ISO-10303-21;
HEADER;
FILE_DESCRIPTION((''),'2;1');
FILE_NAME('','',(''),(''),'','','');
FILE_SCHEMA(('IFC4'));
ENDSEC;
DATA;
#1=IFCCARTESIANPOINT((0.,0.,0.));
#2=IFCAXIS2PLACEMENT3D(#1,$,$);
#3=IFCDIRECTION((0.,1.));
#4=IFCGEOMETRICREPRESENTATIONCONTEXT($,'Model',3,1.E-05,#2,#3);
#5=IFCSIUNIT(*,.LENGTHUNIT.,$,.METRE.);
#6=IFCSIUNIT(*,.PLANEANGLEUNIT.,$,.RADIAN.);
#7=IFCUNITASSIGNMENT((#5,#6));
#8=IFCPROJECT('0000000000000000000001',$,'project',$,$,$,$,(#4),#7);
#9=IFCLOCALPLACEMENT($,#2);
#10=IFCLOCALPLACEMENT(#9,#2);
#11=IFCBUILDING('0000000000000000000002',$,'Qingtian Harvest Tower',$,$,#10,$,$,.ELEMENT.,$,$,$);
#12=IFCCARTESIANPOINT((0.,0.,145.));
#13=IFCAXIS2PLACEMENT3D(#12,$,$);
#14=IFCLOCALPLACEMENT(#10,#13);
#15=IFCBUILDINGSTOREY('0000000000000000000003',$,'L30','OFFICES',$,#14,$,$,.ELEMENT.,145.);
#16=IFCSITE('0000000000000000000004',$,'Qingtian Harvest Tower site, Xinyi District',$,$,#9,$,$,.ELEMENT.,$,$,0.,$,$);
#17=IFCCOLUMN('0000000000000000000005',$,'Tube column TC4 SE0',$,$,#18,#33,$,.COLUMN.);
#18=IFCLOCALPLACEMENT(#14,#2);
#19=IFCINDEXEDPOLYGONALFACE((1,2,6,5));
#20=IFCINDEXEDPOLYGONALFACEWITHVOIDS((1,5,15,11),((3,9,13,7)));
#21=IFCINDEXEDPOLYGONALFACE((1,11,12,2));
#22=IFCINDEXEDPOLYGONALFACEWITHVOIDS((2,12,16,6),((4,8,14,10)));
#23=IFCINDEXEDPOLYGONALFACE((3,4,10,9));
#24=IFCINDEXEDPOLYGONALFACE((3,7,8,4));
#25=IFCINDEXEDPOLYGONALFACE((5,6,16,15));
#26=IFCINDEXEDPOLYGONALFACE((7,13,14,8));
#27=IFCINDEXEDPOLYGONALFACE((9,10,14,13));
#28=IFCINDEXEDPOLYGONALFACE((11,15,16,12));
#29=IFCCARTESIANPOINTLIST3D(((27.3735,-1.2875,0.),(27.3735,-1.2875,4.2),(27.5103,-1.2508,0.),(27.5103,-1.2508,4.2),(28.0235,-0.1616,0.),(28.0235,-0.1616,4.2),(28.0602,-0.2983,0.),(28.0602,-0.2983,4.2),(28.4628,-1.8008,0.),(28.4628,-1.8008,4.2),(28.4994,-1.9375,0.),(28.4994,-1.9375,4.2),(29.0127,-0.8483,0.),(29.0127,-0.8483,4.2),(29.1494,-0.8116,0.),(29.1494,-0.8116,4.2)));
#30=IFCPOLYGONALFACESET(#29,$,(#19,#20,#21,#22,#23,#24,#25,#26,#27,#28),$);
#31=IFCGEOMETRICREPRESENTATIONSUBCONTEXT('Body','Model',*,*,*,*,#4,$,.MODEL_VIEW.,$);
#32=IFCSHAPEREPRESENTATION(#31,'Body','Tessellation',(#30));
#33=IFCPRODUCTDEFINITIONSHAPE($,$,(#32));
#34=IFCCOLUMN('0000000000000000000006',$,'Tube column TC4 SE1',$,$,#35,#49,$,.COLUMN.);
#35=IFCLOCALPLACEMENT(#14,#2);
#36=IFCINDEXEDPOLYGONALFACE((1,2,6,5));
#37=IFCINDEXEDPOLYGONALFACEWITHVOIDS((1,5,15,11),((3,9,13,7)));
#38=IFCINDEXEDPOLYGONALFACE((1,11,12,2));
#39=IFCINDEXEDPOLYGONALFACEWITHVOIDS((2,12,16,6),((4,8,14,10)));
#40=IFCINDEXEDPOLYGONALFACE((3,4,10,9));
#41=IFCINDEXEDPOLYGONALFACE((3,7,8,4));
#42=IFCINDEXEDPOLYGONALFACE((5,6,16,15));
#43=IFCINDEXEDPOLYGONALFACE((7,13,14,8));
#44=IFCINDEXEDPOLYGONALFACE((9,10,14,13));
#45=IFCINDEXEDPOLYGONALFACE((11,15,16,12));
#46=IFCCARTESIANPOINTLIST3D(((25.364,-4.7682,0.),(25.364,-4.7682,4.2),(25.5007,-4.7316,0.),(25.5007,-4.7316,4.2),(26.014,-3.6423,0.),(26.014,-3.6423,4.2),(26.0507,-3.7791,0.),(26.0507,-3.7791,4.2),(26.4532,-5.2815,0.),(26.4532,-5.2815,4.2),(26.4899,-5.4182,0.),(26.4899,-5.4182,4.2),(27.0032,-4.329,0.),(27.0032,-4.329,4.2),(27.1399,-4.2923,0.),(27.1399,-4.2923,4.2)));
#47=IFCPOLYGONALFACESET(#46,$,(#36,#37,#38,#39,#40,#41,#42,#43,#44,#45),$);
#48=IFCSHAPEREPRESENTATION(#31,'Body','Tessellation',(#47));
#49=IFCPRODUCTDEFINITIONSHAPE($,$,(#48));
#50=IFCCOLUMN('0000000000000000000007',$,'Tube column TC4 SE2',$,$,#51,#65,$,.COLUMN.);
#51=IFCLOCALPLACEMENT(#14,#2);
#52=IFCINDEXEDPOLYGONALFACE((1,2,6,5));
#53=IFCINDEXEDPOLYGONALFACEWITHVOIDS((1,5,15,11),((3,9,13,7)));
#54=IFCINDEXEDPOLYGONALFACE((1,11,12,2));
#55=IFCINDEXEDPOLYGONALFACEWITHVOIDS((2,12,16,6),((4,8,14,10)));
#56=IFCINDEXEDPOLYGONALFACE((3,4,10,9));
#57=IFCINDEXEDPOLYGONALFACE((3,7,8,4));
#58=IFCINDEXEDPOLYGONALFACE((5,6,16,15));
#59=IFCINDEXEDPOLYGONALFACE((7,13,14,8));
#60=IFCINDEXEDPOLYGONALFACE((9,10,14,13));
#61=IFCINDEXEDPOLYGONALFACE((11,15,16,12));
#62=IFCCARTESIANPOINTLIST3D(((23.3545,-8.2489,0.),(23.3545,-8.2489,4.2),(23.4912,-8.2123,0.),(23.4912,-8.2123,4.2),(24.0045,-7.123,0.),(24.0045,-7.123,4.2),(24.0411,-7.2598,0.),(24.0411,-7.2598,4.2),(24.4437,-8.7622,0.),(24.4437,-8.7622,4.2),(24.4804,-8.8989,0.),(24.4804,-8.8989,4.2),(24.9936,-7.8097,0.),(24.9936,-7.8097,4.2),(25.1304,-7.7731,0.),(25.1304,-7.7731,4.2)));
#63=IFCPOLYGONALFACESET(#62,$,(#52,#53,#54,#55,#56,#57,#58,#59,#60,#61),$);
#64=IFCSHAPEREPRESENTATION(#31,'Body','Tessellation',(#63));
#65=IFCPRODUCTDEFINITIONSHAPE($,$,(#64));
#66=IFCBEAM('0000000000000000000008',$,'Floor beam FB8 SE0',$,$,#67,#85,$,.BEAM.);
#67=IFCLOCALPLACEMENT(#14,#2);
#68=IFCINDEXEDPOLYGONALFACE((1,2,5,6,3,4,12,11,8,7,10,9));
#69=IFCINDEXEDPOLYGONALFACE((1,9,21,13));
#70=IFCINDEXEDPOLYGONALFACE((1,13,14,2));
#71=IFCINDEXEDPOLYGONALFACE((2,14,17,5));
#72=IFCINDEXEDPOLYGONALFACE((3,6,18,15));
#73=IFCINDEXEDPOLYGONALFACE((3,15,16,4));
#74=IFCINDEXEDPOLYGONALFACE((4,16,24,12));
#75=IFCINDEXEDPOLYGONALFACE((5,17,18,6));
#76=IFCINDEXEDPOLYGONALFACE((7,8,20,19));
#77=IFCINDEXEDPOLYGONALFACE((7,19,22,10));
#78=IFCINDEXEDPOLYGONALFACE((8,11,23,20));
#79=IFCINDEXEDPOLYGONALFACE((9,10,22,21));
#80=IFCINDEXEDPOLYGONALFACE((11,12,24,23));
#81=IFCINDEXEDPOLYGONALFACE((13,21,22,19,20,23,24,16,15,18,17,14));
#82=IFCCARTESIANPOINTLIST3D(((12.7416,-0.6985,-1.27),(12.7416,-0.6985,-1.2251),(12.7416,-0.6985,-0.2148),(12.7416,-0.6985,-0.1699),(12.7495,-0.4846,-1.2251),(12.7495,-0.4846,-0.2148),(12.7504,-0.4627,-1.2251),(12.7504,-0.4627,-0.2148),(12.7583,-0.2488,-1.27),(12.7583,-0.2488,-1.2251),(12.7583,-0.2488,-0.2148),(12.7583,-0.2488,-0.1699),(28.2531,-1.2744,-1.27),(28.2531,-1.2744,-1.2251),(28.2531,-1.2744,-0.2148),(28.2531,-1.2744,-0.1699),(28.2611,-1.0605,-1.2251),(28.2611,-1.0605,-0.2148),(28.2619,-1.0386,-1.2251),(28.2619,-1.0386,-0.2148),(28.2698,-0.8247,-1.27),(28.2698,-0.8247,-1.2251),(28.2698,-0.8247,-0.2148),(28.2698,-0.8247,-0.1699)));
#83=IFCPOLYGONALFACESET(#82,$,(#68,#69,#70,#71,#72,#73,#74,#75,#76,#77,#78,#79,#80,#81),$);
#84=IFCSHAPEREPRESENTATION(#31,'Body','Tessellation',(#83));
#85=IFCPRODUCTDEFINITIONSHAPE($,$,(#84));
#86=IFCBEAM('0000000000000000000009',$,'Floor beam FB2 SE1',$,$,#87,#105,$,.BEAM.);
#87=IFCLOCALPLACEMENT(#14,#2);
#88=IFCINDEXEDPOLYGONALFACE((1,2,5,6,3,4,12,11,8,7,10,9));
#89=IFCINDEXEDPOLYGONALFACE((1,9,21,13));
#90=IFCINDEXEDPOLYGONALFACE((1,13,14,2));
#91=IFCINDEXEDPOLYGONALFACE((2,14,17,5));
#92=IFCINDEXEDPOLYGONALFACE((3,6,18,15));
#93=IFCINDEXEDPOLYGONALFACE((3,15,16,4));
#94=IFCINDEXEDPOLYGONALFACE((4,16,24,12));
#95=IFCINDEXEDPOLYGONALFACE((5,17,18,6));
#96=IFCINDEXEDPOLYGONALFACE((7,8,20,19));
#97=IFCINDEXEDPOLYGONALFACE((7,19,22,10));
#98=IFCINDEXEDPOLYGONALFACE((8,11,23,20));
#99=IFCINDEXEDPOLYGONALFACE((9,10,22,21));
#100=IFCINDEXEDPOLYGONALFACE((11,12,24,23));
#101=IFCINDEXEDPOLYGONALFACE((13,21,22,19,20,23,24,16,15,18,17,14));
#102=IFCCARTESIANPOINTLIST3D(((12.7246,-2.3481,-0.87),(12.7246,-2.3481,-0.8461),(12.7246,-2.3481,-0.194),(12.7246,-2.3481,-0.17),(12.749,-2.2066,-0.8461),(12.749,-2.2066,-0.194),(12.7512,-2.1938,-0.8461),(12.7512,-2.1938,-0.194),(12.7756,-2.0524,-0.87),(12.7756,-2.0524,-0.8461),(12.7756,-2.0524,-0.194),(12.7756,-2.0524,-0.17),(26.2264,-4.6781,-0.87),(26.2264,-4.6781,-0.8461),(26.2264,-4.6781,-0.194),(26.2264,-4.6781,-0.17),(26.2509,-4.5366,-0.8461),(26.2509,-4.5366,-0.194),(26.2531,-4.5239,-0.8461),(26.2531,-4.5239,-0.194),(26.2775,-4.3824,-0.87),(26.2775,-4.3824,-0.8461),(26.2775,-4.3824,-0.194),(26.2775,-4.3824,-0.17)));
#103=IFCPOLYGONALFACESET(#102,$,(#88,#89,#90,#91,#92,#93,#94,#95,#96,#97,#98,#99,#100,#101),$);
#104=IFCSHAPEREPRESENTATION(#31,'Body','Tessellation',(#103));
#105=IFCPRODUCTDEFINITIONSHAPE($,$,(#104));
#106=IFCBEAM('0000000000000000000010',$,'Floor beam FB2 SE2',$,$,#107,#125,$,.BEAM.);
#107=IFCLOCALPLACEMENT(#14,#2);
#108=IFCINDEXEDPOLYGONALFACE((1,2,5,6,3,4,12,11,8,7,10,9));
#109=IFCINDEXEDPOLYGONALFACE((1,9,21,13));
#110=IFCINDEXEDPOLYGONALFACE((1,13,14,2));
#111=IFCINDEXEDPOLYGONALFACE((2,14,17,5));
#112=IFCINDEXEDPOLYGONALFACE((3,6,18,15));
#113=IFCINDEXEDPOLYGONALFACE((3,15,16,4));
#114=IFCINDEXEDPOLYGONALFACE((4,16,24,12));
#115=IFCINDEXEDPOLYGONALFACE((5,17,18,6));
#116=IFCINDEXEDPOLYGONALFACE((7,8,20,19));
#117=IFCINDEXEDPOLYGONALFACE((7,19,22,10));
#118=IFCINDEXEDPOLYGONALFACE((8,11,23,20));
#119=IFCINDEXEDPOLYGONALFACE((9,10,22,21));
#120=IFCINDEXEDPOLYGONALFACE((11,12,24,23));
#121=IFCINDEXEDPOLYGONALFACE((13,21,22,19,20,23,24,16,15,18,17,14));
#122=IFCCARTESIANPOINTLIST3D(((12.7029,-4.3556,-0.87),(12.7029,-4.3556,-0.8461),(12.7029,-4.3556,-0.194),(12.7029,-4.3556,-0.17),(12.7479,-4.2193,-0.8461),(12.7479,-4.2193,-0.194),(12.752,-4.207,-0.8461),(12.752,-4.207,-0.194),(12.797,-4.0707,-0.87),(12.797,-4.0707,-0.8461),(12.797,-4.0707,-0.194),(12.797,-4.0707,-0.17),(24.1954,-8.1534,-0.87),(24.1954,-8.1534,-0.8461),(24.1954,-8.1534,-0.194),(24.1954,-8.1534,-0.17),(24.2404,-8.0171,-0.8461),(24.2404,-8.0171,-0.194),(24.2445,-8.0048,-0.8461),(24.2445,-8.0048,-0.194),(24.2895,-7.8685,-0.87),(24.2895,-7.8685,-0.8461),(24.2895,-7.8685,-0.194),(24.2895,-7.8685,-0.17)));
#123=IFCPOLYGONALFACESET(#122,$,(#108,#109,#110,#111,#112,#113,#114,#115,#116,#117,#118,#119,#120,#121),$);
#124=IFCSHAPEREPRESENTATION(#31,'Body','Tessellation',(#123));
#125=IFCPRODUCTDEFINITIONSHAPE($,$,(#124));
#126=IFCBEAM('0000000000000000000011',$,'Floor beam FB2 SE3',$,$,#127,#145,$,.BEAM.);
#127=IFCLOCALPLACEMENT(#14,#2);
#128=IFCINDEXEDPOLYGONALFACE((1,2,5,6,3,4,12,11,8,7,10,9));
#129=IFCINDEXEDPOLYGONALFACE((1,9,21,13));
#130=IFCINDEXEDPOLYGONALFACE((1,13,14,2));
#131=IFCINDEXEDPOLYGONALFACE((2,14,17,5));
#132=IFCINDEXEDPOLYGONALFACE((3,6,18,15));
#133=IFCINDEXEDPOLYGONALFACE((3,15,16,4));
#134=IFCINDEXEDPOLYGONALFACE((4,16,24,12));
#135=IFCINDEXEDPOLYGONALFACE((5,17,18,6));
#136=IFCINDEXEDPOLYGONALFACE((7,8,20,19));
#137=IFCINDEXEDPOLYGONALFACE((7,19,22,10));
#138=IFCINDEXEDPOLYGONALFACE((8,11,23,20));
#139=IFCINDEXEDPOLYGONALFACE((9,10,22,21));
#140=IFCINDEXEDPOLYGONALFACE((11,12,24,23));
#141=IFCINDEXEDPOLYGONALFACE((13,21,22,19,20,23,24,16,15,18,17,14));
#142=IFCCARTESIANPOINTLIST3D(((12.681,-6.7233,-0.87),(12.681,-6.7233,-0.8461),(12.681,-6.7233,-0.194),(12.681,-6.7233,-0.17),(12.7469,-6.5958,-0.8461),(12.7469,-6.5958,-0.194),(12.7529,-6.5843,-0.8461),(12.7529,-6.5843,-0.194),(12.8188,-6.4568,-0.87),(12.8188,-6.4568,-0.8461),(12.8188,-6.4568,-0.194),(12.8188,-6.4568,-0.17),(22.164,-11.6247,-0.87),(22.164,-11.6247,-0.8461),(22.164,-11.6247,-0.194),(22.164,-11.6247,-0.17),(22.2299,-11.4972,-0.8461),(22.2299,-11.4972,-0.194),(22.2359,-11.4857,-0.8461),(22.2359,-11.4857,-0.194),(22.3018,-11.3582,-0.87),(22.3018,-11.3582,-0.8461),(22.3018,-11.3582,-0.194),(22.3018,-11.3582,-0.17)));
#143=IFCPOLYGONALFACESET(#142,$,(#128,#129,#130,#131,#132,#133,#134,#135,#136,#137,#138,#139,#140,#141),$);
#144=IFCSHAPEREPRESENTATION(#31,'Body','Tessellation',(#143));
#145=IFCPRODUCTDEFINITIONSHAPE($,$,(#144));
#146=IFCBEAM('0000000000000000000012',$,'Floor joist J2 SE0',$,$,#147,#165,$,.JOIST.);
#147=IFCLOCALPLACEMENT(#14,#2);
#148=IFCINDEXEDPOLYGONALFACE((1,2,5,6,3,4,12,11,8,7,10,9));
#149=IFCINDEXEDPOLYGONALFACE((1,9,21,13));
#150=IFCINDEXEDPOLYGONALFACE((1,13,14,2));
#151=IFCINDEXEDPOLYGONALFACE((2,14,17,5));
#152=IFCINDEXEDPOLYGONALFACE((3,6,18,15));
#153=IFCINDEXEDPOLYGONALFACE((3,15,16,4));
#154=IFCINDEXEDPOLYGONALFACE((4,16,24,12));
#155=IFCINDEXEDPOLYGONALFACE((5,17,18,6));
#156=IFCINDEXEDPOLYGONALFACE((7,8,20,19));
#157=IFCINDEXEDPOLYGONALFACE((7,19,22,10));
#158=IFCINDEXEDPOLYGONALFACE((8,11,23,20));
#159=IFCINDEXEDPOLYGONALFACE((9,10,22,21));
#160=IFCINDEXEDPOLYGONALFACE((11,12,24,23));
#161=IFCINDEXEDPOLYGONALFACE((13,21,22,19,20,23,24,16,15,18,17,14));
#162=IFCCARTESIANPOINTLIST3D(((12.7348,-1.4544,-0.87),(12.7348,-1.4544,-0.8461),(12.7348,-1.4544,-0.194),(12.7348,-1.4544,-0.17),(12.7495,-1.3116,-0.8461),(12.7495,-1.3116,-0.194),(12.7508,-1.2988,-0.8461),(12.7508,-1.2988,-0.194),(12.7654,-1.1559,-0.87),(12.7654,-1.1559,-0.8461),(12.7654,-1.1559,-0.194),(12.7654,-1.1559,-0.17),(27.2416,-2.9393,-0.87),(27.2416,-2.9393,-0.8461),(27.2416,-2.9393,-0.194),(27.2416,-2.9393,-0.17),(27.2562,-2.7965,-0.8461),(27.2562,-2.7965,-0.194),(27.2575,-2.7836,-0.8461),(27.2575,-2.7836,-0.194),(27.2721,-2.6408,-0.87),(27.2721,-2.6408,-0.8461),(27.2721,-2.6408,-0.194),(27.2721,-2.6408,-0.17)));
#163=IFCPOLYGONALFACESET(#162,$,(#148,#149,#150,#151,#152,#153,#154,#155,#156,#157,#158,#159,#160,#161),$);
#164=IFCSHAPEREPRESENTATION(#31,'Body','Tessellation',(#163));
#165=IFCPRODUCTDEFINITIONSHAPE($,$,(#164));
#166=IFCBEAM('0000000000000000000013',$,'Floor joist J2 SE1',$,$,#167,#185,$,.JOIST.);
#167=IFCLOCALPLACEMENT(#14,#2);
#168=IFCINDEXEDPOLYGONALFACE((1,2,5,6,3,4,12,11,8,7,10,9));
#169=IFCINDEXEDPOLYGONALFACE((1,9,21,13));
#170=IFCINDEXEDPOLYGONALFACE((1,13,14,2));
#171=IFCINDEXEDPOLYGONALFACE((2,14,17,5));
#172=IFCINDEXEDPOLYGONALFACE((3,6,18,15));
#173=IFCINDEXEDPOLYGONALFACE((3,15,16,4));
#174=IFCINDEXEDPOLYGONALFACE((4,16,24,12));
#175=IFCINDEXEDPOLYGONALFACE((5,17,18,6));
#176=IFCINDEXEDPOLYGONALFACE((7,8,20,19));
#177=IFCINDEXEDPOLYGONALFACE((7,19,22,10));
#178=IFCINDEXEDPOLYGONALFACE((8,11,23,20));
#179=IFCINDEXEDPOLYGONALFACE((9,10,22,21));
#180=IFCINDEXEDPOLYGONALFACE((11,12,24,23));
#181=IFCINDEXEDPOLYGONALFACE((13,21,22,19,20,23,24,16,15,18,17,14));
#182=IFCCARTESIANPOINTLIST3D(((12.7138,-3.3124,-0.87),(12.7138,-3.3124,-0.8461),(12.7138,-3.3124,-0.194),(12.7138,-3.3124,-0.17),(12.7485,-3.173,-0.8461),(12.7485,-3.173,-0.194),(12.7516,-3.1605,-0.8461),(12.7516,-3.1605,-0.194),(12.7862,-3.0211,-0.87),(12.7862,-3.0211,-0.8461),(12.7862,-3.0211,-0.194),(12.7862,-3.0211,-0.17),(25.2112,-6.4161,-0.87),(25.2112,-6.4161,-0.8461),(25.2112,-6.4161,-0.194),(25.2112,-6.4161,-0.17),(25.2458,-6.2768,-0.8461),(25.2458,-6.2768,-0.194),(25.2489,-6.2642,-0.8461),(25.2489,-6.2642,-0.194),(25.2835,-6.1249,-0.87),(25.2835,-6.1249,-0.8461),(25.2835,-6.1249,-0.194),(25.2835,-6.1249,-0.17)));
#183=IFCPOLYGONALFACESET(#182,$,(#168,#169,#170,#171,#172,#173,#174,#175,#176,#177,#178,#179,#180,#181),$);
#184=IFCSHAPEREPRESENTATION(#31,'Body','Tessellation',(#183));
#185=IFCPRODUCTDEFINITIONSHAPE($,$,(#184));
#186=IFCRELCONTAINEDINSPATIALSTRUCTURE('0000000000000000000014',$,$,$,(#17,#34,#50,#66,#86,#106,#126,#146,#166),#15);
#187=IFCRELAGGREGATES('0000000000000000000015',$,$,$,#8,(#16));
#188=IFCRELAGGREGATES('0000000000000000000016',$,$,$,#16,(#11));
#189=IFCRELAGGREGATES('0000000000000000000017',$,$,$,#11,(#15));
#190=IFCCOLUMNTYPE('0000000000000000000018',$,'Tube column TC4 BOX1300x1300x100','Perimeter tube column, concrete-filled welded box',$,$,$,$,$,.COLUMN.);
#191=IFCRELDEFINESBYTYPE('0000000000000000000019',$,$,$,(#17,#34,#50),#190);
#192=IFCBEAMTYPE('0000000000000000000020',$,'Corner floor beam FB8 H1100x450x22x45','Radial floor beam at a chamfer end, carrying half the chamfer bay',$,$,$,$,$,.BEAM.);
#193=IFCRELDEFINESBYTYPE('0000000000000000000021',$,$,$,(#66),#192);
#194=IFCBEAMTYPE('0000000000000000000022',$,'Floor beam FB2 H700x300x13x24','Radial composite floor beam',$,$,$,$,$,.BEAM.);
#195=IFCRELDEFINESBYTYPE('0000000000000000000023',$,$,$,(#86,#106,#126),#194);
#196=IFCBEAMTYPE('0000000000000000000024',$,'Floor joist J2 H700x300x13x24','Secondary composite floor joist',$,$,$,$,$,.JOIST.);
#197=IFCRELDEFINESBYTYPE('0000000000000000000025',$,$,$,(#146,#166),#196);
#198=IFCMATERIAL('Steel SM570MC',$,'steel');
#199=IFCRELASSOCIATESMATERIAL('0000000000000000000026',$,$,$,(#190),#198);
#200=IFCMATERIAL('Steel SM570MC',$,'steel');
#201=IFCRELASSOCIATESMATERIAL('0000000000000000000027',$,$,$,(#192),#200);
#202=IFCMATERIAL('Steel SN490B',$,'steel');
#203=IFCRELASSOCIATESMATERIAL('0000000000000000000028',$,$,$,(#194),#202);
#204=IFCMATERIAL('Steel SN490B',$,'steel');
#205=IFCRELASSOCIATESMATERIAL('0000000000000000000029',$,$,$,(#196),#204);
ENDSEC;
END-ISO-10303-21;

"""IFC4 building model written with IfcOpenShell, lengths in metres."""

from ifc_helpers import new_model, si_unit, direction, frame, origin, origin_2d, place, context, subcontext, project, spatial, hollow_rectangle, i_section, extrude, material, material_profile, profile_set, type_object, element, save


model = new_model("IFC4")

# Units and contexts
model_context = context("Model", 3, precision=1e-05, world=origin(), true_north=direction((0.0, 1.0)))
body_context = subcontext(model_context, "Body", "Model", "MODEL_VIEW")
ifc_project = project(units=[si_unit("LENGTHUNIT", "METRE"), si_unit("PLANEANGLEUNIT", "RADIAN")], contexts=[model_context])

# Site, building, storey
site_placement = place(None, origin())
site = spatial("IfcSite", under=ifc_project, at=site_placement, Name="Qingtian Harvest Tower site, Xinyi District", CompositionType="ELEMENT", RefElevation=0.0)
building_placement = place(site_placement, origin())
building = spatial("IfcBuilding", under=site, at=building_placement, Name="Qingtian Harvest Tower", CompositionType="ELEMENT")
storey_placement = place(building_placement, frame((0.0, 0.0, 145.0)))
storey = spatial("IfcBuildingStorey", under=building, at=storey_placement, Name="L30", Description="OFFICES", CompositionType="ELEMENT", Elevation=145.0)

# Columns
ifc_material_1 = material(Name="Steel SM570MC", Category="steel")
ifc_material_profile_1 = material_profile(ifc_material_1, hollow_rectangle(XDim=1.3, YDim=1.3, WallThickness=0.1001, at=origin_2d()), Name="BOX1300x1300x100")
ifc_profile_set_1 = profile_set([ifc_material_profile_1], Name="Steel SM570MC")
column_type = type_object("IfcColumnType", Name="Tube column TC4 BOX1300x1300x100", Description="Perimeter tube column, concrete-filled welded box", PredefinedType="COLUMN", material=ifc_profile_set_1)
for number, where, z_axis, x_axis, name in (
    (1, (28.2615, -1.0496, 0.0), (0.0, 0.0, 1.0), (0.5, 0.866025, 0.0), "Tube column TC4 SE0"),
    (2, (26.252, -4.5303, 0.0), (0.0, 0.0, 1.0), (0.5, 0.866025, 0.0), "Tube column TC4 SE1"),
    (3, (24.2424, -8.011, 0.0), (0.0, 0.0, 1.0), (0.5, 0.866025, 0.0), "Tube column TC4 SE2"),
):
    element("IfcColumn", number, at=place(storey_placement, frame(where, z_axis=z_axis, x_axis=x_axis)), inside=storey, type_object=column_type, Name=name, PredefinedType="COLUMN", context=body_context, shape_type="SweptSolid", body=[
        extrude(hollow_rectangle(XDim=1.3, YDim=1.3, WallThickness=0.1001, at=origin_2d()), origin(), (0.0, 0.0, 1.0), 4.2),
    ])

# Beams
ifc_material_2 = material(Name="Steel SM570MC", Category="steel")
ifc_material_profile_2 = material_profile(ifc_material_2, i_section(OverallWidth=0.45, OverallDepth=1.1001, WebThickness=0.022, FlangeThickness=0.0449, at=origin_2d()), Name="H1100x450x22x45")
ifc_profile_set_2 = profile_set([ifc_material_profile_2], Name="Steel SM570MC")
beam_type_1 = type_object("IfcBeamType", Name="Corner floor beam FB8 H1100x450x22x45", Description="Radial floor beam at a chamfer end, carrying half the chamfer bay", PredefinedType="BEAM", material=ifc_profile_set_2)
beam_1_placement = place(storey_placement, frame((28.2615, -1.0496, -0.72), z_axis=(-0.999311, 0.037104, 0.0), x_axis=(-0.037104, -0.999311, 0.0)))
element("IfcBeam", 4, at=beam_1_placement, inside=storey, type_object=beam_type_1, Name="Floor beam FB8 SE0", PredefinedType="BEAM", context=body_context, shape_type="SweptSolid", body=[
    extrude(i_section(OverallWidth=0.45, OverallDepth=1.1001, WebThickness=0.022, FlangeThickness=0.0449, at=origin_2d()), origin(), (0.0, 0.0, 1.0), 15.5222),
])
ifc_material_3 = material(Name="Steel SN490B", Category="steel")
ifc_material_profile_3 = material_profile(ifc_material_3, i_section(OverallWidth=0.3, OverallDepth=0.7, WebThickness=0.0129, FlangeThickness=0.0239, at=origin_2d()), Name="H700x300x13x24")
ifc_profile_set_3 = profile_set([ifc_material_profile_3], Name="Steel SN490B")
beam_type_2 = type_object("IfcBeamType", Name="Floor beam FB2 H700x300x13x24", Description="Radial composite floor beam", PredefinedType="BEAM", material=ifc_profile_set_3)
beam_2_placement = place(storey_placement, frame((26.252, -4.5303, -0.52), z_axis=(-0.985434, 0.17006, 0.0), x_axis=(-0.17006, -0.985434, 0.0)))
element("IfcBeam", 5, at=beam_2_placement, inside=storey, type_object=beam_type_2, Name="Floor beam FB2 SE1", PredefinedType="BEAM", context=body_context, shape_type="SweptSolid", body=[
    extrude(i_section(OverallWidth=0.3, OverallDepth=0.7, WebThickness=0.0129, FlangeThickness=0.0239, at=origin_2d()), origin(), (0.0, 0.0, 1.0), 13.7014),
])
beam_3_placement = place(storey_placement, frame((24.2424, -8.011, -0.52), z_axis=(-0.949497, 0.313776, 0.0), x_axis=(-0.313776, -0.949497, 0.0)))
element("IfcBeam", 6, at=beam_3_placement, inside=storey, type_object=beam_type_2, Name="Floor beam FB2 SE2", PredefinedType="BEAM", context=body_context, shape_type="SweptSolid", body=[
    extrude(i_section(OverallWidth=0.3, OverallDepth=0.7, WebThickness=0.0129, FlangeThickness=0.0239, at=origin_2d()), origin(), (0.0, 0.0, 1.0), 12.1038),
])
beam_4_placement = place(storey_placement, frame((22.2329, -11.4915, -0.52), z_axis=(-0.888355, 0.459158, 0.0), x_axis=(-0.459158, -0.888355, 0.0)))
element("IfcBeam", 7, at=beam_4_placement, inside=storey, type_object=beam_type_2, Name="Floor beam FB2 SE3", PredefinedType="BEAM", context=body_context, shape_type="SweptSolid", body=[
    extrude(i_section(OverallWidth=0.3, OverallDepth=0.7, WebThickness=0.0129, FlangeThickness=0.0239, at=origin_2d()), origin(), (0.0, 0.0, 1.0), 10.6748),
])
ifc_material_4 = material(Name="Steel SN490B", Category="steel")
ifc_material_profile_4 = material_profile(ifc_material_4, i_section(OverallWidth=0.3, OverallDepth=0.7, WebThickness=0.0129, FlangeThickness=0.0239, at=origin_2d()), Name="H700x300x13x24")
ifc_profile_set_4 = profile_set([ifc_material_profile_4], Name="Steel SN490B")
beam_type_3 = type_object("IfcBeamType", Name="Floor joist J2 H700x300x13x24", Description="Secondary composite floor joist", PredefinedType="JOIST", material=ifc_profile_set_4)
beam_5_placement = place(storey_placement, frame((27.2568, -2.79, -0.52), z_axis=(-0.994802, 0.101824, 0.0), x_axis=(-0.101824, -0.994802, 0.0)))
element("IfcBeam", 8, at=beam_5_placement, inside=storey, type_object=beam_type_3, Name="Floor joist J2 SE0", PredefinedType="JOIST", context=body_context, shape_type="SweptSolid", body=[
    extrude(i_section(OverallWidth=0.3, OverallDepth=0.7, WebThickness=0.0129, FlangeThickness=0.0239, at=origin_2d()), origin(), (0.0, 0.0, 1.0), 14.5825),
])
beam_6_placement = place(storey_placement, frame((25.2473, -6.2705, -0.52), z_axis=(-0.970517, 0.241032, 0.0), x_axis=(-0.241032, -0.970517, 0.0)))
element("IfcBeam", 9, at=beam_6_placement, inside=storey, type_object=beam_type_3, Name="Floor joist J2 SE1", PredefinedType="JOIST", context=body_context, shape_type="SweptSolid", body=[
    extrude(i_section(OverallWidth=0.3, OverallDepth=0.7, WebThickness=0.0129, FlangeThickness=0.0239, at=origin_2d()), origin(), (0.0, 0.0, 1.0), 12.877),
])

save(model, "model.ifc")
